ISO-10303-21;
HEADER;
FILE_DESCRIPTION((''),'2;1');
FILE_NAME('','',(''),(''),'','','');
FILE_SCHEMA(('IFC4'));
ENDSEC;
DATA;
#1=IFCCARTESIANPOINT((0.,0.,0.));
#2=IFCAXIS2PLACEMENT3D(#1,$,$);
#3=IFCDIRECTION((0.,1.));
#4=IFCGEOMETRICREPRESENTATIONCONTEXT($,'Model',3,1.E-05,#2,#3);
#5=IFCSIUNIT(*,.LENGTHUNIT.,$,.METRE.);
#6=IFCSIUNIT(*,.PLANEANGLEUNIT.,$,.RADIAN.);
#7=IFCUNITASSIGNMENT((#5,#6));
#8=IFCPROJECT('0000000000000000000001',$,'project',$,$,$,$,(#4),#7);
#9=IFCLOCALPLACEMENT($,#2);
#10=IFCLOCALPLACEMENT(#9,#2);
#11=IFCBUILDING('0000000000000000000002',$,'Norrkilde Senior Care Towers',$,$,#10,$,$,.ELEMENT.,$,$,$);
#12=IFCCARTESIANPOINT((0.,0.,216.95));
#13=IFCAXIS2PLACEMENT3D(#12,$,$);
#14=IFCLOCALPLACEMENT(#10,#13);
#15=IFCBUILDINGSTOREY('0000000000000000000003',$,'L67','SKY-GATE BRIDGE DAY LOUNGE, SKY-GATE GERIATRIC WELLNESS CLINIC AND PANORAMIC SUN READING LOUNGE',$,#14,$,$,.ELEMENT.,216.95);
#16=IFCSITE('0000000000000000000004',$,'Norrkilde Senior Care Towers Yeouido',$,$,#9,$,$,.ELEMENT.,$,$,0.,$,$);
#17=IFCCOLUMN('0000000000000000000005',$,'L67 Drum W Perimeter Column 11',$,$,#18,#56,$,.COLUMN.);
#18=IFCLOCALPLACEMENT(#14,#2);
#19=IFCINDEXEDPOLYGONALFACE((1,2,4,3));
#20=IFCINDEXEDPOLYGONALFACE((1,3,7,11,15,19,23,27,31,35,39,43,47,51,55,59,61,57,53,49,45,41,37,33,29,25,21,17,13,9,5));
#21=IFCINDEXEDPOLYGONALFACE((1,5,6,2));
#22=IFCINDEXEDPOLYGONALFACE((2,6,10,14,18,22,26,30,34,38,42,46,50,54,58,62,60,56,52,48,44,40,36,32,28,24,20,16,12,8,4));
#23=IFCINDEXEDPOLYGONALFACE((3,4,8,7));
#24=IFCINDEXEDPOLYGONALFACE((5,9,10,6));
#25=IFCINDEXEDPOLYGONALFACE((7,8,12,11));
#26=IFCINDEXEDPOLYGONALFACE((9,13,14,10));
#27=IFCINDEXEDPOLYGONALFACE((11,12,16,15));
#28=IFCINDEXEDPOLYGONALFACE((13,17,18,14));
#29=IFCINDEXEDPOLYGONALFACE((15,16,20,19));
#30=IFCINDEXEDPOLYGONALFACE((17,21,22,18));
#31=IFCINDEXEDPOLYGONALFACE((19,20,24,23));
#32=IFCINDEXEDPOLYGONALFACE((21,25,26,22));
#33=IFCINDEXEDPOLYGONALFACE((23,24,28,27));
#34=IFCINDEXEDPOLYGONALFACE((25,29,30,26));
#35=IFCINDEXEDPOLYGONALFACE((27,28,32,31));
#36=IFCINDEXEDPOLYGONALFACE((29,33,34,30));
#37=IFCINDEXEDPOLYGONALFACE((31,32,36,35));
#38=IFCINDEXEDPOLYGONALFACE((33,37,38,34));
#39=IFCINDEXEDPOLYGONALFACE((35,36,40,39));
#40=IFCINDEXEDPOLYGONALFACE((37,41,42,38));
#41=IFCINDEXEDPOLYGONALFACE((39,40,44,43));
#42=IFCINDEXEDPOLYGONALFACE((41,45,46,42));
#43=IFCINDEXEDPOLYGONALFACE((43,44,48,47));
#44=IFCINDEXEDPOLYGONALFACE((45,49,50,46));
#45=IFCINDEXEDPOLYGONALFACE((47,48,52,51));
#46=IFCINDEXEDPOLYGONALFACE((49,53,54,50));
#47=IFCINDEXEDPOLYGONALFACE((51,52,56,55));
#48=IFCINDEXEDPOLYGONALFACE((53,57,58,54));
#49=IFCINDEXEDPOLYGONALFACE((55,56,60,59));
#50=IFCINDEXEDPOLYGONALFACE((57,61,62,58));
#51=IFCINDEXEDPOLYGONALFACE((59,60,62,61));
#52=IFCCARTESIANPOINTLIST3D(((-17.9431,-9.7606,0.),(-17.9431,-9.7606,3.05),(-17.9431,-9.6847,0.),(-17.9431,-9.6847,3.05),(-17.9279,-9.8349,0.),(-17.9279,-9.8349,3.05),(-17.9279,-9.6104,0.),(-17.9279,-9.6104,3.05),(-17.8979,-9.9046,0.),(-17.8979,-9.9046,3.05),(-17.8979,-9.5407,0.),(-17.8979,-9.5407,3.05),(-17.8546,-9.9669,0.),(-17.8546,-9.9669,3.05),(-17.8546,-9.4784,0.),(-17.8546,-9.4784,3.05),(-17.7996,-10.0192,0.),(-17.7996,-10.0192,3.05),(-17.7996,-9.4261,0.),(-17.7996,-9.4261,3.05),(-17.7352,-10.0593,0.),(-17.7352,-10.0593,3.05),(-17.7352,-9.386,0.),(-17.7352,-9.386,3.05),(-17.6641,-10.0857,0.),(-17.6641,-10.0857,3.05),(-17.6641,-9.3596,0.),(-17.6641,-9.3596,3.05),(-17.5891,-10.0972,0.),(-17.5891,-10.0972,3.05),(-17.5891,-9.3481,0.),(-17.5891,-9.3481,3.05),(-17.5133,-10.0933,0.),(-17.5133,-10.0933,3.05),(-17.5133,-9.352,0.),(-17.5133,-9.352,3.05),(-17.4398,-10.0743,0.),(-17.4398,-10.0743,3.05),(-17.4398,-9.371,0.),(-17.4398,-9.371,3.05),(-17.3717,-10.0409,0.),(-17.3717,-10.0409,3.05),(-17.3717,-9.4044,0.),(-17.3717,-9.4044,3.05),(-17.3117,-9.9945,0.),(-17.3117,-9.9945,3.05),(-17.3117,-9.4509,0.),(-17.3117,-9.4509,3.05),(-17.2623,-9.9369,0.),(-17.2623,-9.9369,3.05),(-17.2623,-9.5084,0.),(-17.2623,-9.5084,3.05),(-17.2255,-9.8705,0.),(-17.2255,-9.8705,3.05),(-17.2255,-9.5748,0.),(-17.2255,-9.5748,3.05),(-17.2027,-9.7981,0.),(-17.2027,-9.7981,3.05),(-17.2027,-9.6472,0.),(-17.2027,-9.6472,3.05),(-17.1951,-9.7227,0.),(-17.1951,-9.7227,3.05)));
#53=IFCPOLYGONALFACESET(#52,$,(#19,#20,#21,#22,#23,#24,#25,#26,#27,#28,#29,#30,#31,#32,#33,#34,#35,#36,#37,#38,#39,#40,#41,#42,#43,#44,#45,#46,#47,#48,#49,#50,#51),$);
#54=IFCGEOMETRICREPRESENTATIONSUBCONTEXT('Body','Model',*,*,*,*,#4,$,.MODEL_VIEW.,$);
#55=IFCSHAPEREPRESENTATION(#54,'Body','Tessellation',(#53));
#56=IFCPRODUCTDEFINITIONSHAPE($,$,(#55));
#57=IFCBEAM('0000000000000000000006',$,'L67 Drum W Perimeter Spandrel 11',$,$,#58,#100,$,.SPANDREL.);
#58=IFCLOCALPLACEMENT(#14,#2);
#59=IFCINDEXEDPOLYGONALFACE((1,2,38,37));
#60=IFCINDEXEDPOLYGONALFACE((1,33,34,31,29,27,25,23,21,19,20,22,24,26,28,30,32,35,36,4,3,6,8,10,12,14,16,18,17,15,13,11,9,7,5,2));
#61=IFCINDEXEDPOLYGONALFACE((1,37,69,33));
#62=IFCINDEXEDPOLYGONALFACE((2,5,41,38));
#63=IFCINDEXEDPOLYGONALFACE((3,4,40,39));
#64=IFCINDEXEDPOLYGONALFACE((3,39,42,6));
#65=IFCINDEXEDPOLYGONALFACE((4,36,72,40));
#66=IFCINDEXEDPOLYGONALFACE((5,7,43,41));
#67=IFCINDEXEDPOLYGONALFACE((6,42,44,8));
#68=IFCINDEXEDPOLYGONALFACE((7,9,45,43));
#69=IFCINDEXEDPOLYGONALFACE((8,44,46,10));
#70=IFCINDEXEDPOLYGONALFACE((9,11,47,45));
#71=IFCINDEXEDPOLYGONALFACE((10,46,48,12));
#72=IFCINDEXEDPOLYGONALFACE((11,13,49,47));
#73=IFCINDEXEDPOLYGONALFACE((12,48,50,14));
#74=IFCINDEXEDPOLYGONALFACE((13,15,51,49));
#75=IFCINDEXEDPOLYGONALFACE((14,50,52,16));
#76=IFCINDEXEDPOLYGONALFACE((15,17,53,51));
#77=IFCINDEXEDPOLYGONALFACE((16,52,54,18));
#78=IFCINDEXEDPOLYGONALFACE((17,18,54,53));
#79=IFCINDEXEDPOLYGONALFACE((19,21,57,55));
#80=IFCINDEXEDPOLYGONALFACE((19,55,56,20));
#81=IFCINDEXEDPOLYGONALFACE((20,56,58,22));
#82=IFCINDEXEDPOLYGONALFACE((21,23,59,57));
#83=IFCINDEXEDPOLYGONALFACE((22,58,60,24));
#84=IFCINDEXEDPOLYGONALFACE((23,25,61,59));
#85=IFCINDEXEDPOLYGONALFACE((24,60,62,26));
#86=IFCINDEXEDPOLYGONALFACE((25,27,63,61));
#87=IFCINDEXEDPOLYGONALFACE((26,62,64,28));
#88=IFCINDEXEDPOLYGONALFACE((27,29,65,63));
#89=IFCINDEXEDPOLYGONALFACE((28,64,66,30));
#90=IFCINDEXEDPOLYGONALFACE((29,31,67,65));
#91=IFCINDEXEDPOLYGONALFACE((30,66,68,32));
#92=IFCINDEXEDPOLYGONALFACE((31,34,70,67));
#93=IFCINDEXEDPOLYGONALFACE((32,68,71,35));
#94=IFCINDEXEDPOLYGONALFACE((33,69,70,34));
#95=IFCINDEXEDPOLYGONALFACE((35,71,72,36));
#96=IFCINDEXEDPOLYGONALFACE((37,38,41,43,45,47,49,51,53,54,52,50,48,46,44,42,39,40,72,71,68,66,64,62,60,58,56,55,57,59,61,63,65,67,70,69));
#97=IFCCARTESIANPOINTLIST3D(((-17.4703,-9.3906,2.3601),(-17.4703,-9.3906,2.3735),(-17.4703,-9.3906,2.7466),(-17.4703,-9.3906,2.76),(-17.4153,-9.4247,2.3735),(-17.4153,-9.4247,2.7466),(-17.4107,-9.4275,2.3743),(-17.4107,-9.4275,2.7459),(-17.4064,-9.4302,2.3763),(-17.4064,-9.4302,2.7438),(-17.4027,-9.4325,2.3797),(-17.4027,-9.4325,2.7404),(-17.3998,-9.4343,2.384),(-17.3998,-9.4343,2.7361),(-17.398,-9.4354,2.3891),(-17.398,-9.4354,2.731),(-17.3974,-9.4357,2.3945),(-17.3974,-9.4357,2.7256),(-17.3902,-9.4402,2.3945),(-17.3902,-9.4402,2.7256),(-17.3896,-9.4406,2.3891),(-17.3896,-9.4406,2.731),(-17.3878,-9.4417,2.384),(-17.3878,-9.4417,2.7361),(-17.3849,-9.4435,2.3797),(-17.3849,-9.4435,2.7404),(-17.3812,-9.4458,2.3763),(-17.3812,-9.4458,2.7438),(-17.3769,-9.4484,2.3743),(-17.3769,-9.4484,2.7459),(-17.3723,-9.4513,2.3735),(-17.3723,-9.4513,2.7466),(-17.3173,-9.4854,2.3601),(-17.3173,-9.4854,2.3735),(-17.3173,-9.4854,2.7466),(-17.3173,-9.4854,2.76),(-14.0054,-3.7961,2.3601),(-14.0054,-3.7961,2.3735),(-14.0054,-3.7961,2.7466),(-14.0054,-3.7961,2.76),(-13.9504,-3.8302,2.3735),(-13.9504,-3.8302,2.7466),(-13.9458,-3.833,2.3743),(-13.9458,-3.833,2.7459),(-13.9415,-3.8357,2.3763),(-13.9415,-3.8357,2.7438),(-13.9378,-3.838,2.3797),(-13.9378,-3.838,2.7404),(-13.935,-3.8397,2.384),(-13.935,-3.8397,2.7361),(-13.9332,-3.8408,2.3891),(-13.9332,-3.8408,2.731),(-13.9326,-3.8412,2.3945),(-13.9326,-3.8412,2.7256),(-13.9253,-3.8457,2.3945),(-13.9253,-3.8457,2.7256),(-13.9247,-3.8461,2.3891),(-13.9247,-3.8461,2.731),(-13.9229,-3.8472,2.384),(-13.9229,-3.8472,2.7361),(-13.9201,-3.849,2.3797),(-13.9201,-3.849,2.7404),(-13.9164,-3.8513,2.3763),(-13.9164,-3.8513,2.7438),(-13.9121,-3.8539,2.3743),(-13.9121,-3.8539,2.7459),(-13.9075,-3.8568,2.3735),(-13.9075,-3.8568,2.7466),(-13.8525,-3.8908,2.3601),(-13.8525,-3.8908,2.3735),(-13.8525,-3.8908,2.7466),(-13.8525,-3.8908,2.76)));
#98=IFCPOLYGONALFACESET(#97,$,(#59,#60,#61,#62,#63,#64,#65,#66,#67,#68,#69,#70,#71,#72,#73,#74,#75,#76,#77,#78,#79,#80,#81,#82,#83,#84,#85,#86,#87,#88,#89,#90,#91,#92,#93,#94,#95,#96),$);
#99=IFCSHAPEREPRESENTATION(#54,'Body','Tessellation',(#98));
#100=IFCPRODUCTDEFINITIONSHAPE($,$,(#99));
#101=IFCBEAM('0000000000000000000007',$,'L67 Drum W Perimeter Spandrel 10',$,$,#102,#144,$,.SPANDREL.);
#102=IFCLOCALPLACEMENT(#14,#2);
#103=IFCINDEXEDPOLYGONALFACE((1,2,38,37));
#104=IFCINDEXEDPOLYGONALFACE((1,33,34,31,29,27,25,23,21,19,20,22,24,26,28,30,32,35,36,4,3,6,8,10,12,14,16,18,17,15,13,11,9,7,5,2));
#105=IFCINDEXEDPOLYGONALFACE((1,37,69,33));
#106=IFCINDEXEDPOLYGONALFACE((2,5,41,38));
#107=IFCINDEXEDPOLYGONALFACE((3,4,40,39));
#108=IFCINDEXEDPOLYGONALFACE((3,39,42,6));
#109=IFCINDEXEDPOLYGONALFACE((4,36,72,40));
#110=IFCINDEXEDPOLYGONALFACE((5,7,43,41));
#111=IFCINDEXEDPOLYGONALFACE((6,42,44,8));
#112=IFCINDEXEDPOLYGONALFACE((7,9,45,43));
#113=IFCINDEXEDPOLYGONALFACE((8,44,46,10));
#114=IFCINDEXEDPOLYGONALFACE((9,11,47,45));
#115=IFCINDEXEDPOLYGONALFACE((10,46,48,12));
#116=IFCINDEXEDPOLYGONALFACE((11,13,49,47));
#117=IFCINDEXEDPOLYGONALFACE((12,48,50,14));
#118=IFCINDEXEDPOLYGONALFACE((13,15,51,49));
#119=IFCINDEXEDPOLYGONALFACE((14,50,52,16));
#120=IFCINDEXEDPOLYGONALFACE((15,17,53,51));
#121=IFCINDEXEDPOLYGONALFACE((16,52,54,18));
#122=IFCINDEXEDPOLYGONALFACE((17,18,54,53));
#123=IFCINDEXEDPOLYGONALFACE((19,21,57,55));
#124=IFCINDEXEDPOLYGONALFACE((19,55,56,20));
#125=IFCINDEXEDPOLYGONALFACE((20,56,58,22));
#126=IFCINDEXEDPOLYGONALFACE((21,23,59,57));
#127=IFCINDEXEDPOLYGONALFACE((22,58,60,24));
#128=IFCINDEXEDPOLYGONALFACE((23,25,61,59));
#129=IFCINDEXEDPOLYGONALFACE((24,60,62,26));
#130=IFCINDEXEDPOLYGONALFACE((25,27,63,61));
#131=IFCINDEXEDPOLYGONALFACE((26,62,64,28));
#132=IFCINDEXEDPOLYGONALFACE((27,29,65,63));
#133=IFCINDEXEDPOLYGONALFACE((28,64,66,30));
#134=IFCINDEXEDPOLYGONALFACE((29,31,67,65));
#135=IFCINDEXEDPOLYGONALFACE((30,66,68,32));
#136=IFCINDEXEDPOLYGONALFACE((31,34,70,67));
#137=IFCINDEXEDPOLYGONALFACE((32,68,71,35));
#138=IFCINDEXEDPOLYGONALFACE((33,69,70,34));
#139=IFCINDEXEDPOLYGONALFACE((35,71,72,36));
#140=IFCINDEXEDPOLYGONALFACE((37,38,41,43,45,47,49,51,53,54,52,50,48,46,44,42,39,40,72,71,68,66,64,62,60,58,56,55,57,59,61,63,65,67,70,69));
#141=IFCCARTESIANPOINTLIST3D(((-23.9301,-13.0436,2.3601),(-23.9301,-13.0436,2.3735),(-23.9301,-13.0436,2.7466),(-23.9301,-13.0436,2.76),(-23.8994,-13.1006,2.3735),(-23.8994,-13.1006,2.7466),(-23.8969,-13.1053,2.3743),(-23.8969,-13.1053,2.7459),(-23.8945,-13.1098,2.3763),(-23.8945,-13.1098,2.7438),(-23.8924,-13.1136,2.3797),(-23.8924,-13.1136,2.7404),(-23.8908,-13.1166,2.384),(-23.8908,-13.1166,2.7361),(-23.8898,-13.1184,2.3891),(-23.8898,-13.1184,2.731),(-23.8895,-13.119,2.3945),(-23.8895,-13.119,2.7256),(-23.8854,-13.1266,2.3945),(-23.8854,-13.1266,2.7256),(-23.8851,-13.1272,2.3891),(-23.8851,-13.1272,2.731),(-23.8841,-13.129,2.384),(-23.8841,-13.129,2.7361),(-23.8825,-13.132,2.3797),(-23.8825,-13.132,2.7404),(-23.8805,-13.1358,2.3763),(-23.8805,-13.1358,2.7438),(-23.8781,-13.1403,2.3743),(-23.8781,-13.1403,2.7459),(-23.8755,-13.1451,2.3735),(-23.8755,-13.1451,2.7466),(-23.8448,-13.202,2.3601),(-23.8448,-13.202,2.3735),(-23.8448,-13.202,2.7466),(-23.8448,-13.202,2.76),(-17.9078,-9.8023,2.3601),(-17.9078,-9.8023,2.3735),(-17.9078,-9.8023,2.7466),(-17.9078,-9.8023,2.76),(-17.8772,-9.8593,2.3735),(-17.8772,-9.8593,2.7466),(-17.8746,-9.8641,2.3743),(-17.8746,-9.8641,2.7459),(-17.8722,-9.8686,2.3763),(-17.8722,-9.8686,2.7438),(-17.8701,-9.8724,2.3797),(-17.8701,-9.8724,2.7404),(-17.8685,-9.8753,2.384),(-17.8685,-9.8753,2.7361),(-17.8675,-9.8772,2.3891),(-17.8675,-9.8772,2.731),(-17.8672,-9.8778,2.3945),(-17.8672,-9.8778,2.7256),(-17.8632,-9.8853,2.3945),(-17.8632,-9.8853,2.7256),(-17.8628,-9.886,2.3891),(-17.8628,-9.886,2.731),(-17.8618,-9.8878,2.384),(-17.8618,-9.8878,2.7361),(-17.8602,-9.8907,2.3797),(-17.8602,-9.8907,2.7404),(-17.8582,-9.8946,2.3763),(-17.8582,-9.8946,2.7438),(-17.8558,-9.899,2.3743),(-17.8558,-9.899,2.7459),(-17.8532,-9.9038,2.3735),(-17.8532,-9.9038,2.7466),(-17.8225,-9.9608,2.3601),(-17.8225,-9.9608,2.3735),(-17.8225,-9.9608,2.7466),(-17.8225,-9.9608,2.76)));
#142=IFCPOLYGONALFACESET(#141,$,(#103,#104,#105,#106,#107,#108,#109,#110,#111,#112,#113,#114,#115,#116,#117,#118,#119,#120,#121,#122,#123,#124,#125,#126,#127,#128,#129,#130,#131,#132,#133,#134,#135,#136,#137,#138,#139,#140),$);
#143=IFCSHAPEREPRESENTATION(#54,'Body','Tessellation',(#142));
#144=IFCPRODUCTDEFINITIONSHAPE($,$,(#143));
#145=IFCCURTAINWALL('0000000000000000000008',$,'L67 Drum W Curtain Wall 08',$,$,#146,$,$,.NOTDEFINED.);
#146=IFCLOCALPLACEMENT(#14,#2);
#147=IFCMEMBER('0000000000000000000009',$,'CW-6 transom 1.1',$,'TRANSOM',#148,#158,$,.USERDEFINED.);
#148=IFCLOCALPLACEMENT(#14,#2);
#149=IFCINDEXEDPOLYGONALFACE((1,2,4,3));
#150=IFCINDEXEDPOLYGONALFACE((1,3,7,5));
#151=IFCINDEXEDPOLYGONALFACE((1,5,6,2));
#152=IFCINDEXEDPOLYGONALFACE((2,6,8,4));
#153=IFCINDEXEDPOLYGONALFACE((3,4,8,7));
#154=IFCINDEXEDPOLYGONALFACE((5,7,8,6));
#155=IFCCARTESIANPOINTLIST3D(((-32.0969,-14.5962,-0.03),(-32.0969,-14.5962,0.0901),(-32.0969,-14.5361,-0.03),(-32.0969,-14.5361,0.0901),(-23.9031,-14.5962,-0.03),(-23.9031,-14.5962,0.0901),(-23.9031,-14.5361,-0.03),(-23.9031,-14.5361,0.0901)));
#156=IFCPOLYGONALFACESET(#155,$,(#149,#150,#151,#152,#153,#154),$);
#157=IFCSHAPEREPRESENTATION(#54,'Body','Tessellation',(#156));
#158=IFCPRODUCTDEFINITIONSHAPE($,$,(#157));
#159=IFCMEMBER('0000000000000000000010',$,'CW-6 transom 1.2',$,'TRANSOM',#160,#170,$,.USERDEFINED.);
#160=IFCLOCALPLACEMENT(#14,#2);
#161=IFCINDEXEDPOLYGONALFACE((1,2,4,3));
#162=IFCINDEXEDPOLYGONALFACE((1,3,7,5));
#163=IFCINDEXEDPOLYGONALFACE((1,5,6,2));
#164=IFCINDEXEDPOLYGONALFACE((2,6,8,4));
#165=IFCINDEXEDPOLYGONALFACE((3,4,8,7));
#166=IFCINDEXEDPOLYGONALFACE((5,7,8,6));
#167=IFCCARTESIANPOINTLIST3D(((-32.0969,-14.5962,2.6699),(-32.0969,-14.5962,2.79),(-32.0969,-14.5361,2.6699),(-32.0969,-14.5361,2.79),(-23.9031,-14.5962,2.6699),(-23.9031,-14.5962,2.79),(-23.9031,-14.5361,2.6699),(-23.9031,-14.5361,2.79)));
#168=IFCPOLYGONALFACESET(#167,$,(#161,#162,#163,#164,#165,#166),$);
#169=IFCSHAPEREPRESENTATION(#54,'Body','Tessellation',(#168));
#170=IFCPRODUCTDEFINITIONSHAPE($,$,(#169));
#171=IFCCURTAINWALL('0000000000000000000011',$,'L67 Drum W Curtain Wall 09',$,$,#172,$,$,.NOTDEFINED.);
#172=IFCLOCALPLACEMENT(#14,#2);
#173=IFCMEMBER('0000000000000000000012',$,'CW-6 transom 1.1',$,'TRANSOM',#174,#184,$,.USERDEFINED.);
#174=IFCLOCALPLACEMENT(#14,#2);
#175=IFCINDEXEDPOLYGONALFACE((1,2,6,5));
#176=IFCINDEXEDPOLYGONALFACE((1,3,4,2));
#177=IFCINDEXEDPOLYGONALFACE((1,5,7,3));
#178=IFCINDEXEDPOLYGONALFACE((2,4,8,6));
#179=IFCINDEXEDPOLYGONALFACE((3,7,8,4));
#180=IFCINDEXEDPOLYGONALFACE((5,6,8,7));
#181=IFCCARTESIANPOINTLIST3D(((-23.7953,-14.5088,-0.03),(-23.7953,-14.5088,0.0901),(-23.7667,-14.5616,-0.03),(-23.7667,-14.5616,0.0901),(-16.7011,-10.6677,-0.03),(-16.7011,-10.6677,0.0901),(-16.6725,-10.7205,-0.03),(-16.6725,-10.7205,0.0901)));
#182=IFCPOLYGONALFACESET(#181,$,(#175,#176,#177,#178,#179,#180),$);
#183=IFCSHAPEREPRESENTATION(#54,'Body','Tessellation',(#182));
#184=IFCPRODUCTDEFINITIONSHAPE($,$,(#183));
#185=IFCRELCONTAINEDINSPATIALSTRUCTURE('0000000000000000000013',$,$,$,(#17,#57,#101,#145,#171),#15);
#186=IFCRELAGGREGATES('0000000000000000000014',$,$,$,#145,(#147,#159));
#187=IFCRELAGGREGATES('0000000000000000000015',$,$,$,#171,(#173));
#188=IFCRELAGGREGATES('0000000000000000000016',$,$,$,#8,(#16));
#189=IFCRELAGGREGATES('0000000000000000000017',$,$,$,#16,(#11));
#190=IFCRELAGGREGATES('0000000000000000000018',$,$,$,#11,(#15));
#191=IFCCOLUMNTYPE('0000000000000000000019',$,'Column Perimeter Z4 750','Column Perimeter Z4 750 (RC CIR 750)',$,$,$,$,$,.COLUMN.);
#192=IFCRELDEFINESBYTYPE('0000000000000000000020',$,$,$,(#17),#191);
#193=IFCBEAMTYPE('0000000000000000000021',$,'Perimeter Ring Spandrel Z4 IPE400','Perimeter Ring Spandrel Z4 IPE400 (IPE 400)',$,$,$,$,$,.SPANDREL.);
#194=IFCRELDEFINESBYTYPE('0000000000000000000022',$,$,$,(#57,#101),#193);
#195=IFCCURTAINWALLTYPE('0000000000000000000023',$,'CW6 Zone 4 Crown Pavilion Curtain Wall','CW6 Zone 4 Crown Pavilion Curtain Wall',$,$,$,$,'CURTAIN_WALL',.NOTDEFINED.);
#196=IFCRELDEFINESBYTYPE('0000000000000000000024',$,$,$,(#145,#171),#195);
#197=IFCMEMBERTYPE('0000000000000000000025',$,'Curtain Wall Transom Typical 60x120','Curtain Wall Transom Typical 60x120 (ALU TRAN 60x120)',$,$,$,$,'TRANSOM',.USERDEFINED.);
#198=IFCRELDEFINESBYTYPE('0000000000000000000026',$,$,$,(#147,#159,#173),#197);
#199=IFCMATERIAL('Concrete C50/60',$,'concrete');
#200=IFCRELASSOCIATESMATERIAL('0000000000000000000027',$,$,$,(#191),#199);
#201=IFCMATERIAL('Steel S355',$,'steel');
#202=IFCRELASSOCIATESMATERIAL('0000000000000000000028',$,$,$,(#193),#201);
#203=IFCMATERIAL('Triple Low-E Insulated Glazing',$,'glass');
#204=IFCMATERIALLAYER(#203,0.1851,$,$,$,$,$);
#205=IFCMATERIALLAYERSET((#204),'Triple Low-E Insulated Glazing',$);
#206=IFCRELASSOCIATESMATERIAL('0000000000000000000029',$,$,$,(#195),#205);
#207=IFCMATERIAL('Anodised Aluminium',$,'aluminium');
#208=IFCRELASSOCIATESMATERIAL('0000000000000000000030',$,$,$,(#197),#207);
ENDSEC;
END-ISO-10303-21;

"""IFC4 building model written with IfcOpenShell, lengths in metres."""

from ifc_helpers import new_model, si_unit, direction, frame, origin, origin_2d, place, context, subcontext, project, spatial, rectangle, circle, i_section, extrude, source, transform, mapped, material, layer, layer_set, material_profile, profile_set, type_object, type_shapes, element, aggregate, save


model = new_model("IFC4")

# Units and contexts
model_context = context("Model", 3, precision=1e-05, world=origin(), true_north=direction((0.0, 1.0)))
body_context = subcontext(model_context, "Body", "Model", "MODEL_VIEW")
ifc_project = project(units=[si_unit("LENGTHUNIT", "METRE"), si_unit("PLANEANGLEUNIT", "RADIAN")], contexts=[model_context])

# Site, building, storey
site_placement = place(None, origin())
site = spatial("IfcSite", under=ifc_project, at=site_placement, Name="Norrkilde Senior Care Towers Yeouido", CompositionType="ELEMENT", RefElevation=0.0)
building_placement = place(site_placement, origin())
building = spatial("IfcBuilding", under=site, at=building_placement, Name="Norrkilde Senior Care Towers", CompositionType="ELEMENT")
storey_placement = place(building_placement, frame((0.0, 0.0, 216.95)))
storey = spatial("IfcBuildingStorey", under=building, at=storey_placement, Name="L67", Description="SKY-GATE BRIDGE DAY LOUNGE, SKY-GATE GERIATRIC WELLNESS CLINIC AND PANORAMIC SUN READING LOUNGE", CompositionType="ELEMENT", Elevation=216.95)

# Column
ifc_material_1 = material(Name="Concrete C50/60", Category="concrete")
ifc_material_profile_1 = material_profile(ifc_material_1, circle(Radius=0.375, at=origin_2d()), Name="RC CIR 750")
ifc_profile_set_1 = profile_set([ifc_material_profile_1], Name="Concrete C50/60")
column_type = type_object("IfcColumnType", Name="Column Perimeter Z4 750", Description="Column Perimeter Z4 750 (RC CIR 750)", PredefinedType="COLUMN", material=ifc_profile_set_1)
shared_shape_1 = source(origin(), body_context, "Body", "SweptSolid", [
    extrude(circle(Radius=0.375, at=origin_2d()), origin(), (0.0, 0.0, 1.0), 3.05),
])
type_shapes(column_type, [shared_shape_1])
column_placement = place(storey_placement, frame((-17.5701, -9.7227, 0.0), z_axis=(0.0, 0.0, 1.0), x_axis=(1.0, 0.0, 0.0)))
element("IfcColumn", 1, at=column_placement, inside=storey, type_object=column_type, Name="L67 Drum W Perimeter Column 11", PredefinedType="COLUMN", context=body_context, shape_type="MappedRepresentation", body=[
    mapped(shared_shape_1, transform((0.0, 0.0, 0.0), x_axis=(1.0, 0.0, 0.0), y_axis=(0.0, 1.0, 0.0), z_axis=(0.0, 0.0, 1.0), scale=1.0)),
])

# Beams
ifc_material_2 = material(Name="Steel S355", Category="steel")
ifc_material_profile_2 = material_profile(ifc_material_2, i_section(OverallWidth=0.1799, OverallDepth=0.3999, WebThickness=0.0085, FlangeThickness=0.0134, FilletRadius=0.021, at=origin_2d()), Name="IPE 400")
ifc_profile_set_2 = profile_set([ifc_material_profile_2], Name="Steel S355")
beam_type = type_object("IfcBeamType", Name="Perimeter Ring Spandrel Z4 IPE400", Description="Perimeter Ring Spandrel Z4 IPE400 (IPE 400)", PredefinedType="SPANDREL", material=ifc_profile_set_2)
shared_shape_2 = source(origin(), body_context, "Body", "SweptSolid", [
    extrude(i_section(OverallWidth=0.1799, OverallDepth=0.3999, WebThickness=0.0085, FlangeThickness=0.0134, FilletRadius=0.021, at=origin_2d()), origin(), (0.0, 0.0, 1.0), 6.5806),
])
beam_1_placement = place(storey_placement, frame((-17.3938, -9.438, 2.5601), z_axis=(0.52653, 0.850157, 0.0), x_axis=(-0.850157, 0.52653, 0.0)))
element("IfcBeam", 2, at=beam_1_placement, inside=storey, type_object=beam_type, Name="L67 Drum W Perimeter Spandrel 11", PredefinedType="SPANDREL", context=body_context, shape_type="MappedRepresentation", body=[
    mapped(shared_shape_2, transform((0.0, 0.0, 0.0), x_axis=(1.0, 0.0, 0.0), y_axis=(0.0, 1.0, 0.0), z_axis=(0.0, 0.0, 1.0), scale=1.0)),
])
shared_shape_3 = source(origin(), body_context, "Body", "SweptSolid", [
    extrude(i_section(OverallWidth=0.1799, OverallDepth=0.3999, WebThickness=0.0085, FlangeThickness=0.0134, FilletRadius=0.021, at=origin_2d()), origin(), (0.0, 0.0, 1.0), 6.8391),
])
type_shapes(beam_type, [shared_shape_2, shared_shape_3])
beam_2_placement = place(storey_placement, frame((-23.8875, -13.1228, 2.5601), z_axis=(0.880564, 0.473927, 0.0), x_axis=(-0.473927, 0.880564, 0.0)))
element("IfcBeam", 3, at=beam_2_placement, inside=storey, type_object=beam_type, Name="L67 Drum W Perimeter Spandrel 10", PredefinedType="SPANDREL", context=body_context, shape_type="MappedRepresentation", body=[
    mapped(shared_shape_3, transform((0.0, 0.0, 0.0), x_axis=(1.0, 0.0, 0.0), y_axis=(0.0, 1.0, 0.0), z_axis=(0.0, 0.0, 1.0), scale=1.0)),
])

# Curtain walls, members
ifc_material_3 = material(Name="Triple Low-E Insulated Glazing", Category="glass")
ifc_layer_1 = layer(ifc_material_3, 0.1851)
ifc_layer_set_1 = layer_set([ifc_layer_1], Name="Triple Low-E Insulated Glazing")
curtain_wall_type_1 = type_object("IfcCurtainWallType", Name="CW6 Zone 4 Crown Pavilion Curtain Wall", Description="CW6 Zone 4 Crown Pavilion Curtain Wall", ElementType="CURTAIN_WALL", PredefinedType="NOTDEFINED", material=ifc_layer_set_1)
curtain_wall_1_placement = place(storey_placement, origin())
curtain_wall_1 = element("IfcCurtainWall", 4, at=curtain_wall_1_placement, inside=storey, type_object=curtain_wall_type_1, Name="L67 Drum W Curtain Wall 08", PredefinedType="NOTDEFINED")
ifc_material_4 = material(Name="Anodised Aluminium", Category="aluminium")
ifc_material_profile_3 = material_profile(ifc_material_4, rectangle(XDim=0.0601, YDim=0.1201, at=origin_2d()), Name="ALU TRAN 60x120")
ifc_profile_set_3 = profile_set([ifc_material_profile_3], Name="Anodised Aluminium")
member_type_1 = type_object("IfcMemberType", Name="Curtain Wall Transom Typical 60x120", Description="Curtain Wall Transom Typical 60x120 (ALU TRAN 60x120)", ElementType="TRANSOM", PredefinedType="USERDEFINED", material=ifc_profile_set_3)
shared_shape_4 = source(origin(), body_context, "Body", "SweptSolid", [
    extrude(rectangle(XDim=0.0601, YDim=0.1201, at=origin_2d()), origin(), (0.0, 0.0, 1.0), 8.1938),
])
member_1_placement = place(storey_placement, frame((-23.9031, -14.5662, 0.03), z_axis=(-1.0, 0.0, 0.0), x_axis=(0.0, -1.0, 0.0)))
member_1 = element("IfcMember", 5, at=member_1_placement, type_object=member_type_1, Name="CW-6 transom 1.1", ObjectType="TRANSOM", PredefinedType="USERDEFINED", context=body_context, shape_type="MappedRepresentation", body=[
    mapped(shared_shape_4, transform((0.0, 0.0, 0.0), x_axis=(1.0, 0.0, 0.0), y_axis=(0.0, 1.0, 0.0), z_axis=(0.0, 0.0, 1.0), scale=1.0)),
])
member_2_placement = place(storey_placement, frame((-23.9031, -14.5662, 2.73), z_axis=(-1.0, 0.0, 0.0), x_axis=(0.0, -1.0, 0.0)))
member_2 = element("IfcMember", 6, at=member_2_placement, type_object=member_type_1, Name="CW-6 transom 1.2", ObjectType="TRANSOM", PredefinedType="USERDEFINED", context=body_context, shape_type="MappedRepresentation", body=[
    mapped(shared_shape_4, transform((0.0, 0.0, 0.0), x_axis=(1.0, 0.0, 0.0), y_axis=(0.0, 1.0, 0.0), z_axis=(0.0, 0.0, 1.0), scale=1.0)),
])
curtain_wall_2_placement = place(storey_placement, origin())
curtain_wall_2 = element("IfcCurtainWall", 7, at=curtain_wall_2_placement, inside=storey, type_object=curtain_wall_type_1, Name="L67 Drum W Curtain Wall 09", PredefinedType="NOTDEFINED")
shared_shape_5 = source(origin(), body_context, "Body", "SweptSolid", [
    extrude(rectangle(XDim=0.0601, YDim=0.1201, at=origin_2d()), origin(), (0.0, 0.0, 1.0), 8.0674),
])
type_shapes(member_type_1, [shared_shape_4, shared_shape_5])
member_3_placement = place(storey_placement, frame((-16.6868, -10.6941, 0.03), z_axis=(-0.879378, -0.476125, 0.0), x_axis=(0.476125, -0.879378, 0.0)))
member_3 = element("IfcMember", 8, at=member_3_placement, type_object=member_type_1, Name="CW-6 transom 1.1", ObjectType="TRANSOM", PredefinedType="USERDEFINED", context=body_context, shape_type="MappedRepresentation", body=[
    mapped(shared_shape_5, transform((0.0, 0.0, 0.0), x_axis=(1.0, 0.0, 0.0), y_axis=(0.0, 1.0, 0.0), z_axis=(0.0, 0.0, 1.0), scale=1.0)),
])

aggregate(curtain_wall_1, [member_1, member_2])

aggregate(curtain_wall_2, [member_3])

save(model, "model.ifc")
